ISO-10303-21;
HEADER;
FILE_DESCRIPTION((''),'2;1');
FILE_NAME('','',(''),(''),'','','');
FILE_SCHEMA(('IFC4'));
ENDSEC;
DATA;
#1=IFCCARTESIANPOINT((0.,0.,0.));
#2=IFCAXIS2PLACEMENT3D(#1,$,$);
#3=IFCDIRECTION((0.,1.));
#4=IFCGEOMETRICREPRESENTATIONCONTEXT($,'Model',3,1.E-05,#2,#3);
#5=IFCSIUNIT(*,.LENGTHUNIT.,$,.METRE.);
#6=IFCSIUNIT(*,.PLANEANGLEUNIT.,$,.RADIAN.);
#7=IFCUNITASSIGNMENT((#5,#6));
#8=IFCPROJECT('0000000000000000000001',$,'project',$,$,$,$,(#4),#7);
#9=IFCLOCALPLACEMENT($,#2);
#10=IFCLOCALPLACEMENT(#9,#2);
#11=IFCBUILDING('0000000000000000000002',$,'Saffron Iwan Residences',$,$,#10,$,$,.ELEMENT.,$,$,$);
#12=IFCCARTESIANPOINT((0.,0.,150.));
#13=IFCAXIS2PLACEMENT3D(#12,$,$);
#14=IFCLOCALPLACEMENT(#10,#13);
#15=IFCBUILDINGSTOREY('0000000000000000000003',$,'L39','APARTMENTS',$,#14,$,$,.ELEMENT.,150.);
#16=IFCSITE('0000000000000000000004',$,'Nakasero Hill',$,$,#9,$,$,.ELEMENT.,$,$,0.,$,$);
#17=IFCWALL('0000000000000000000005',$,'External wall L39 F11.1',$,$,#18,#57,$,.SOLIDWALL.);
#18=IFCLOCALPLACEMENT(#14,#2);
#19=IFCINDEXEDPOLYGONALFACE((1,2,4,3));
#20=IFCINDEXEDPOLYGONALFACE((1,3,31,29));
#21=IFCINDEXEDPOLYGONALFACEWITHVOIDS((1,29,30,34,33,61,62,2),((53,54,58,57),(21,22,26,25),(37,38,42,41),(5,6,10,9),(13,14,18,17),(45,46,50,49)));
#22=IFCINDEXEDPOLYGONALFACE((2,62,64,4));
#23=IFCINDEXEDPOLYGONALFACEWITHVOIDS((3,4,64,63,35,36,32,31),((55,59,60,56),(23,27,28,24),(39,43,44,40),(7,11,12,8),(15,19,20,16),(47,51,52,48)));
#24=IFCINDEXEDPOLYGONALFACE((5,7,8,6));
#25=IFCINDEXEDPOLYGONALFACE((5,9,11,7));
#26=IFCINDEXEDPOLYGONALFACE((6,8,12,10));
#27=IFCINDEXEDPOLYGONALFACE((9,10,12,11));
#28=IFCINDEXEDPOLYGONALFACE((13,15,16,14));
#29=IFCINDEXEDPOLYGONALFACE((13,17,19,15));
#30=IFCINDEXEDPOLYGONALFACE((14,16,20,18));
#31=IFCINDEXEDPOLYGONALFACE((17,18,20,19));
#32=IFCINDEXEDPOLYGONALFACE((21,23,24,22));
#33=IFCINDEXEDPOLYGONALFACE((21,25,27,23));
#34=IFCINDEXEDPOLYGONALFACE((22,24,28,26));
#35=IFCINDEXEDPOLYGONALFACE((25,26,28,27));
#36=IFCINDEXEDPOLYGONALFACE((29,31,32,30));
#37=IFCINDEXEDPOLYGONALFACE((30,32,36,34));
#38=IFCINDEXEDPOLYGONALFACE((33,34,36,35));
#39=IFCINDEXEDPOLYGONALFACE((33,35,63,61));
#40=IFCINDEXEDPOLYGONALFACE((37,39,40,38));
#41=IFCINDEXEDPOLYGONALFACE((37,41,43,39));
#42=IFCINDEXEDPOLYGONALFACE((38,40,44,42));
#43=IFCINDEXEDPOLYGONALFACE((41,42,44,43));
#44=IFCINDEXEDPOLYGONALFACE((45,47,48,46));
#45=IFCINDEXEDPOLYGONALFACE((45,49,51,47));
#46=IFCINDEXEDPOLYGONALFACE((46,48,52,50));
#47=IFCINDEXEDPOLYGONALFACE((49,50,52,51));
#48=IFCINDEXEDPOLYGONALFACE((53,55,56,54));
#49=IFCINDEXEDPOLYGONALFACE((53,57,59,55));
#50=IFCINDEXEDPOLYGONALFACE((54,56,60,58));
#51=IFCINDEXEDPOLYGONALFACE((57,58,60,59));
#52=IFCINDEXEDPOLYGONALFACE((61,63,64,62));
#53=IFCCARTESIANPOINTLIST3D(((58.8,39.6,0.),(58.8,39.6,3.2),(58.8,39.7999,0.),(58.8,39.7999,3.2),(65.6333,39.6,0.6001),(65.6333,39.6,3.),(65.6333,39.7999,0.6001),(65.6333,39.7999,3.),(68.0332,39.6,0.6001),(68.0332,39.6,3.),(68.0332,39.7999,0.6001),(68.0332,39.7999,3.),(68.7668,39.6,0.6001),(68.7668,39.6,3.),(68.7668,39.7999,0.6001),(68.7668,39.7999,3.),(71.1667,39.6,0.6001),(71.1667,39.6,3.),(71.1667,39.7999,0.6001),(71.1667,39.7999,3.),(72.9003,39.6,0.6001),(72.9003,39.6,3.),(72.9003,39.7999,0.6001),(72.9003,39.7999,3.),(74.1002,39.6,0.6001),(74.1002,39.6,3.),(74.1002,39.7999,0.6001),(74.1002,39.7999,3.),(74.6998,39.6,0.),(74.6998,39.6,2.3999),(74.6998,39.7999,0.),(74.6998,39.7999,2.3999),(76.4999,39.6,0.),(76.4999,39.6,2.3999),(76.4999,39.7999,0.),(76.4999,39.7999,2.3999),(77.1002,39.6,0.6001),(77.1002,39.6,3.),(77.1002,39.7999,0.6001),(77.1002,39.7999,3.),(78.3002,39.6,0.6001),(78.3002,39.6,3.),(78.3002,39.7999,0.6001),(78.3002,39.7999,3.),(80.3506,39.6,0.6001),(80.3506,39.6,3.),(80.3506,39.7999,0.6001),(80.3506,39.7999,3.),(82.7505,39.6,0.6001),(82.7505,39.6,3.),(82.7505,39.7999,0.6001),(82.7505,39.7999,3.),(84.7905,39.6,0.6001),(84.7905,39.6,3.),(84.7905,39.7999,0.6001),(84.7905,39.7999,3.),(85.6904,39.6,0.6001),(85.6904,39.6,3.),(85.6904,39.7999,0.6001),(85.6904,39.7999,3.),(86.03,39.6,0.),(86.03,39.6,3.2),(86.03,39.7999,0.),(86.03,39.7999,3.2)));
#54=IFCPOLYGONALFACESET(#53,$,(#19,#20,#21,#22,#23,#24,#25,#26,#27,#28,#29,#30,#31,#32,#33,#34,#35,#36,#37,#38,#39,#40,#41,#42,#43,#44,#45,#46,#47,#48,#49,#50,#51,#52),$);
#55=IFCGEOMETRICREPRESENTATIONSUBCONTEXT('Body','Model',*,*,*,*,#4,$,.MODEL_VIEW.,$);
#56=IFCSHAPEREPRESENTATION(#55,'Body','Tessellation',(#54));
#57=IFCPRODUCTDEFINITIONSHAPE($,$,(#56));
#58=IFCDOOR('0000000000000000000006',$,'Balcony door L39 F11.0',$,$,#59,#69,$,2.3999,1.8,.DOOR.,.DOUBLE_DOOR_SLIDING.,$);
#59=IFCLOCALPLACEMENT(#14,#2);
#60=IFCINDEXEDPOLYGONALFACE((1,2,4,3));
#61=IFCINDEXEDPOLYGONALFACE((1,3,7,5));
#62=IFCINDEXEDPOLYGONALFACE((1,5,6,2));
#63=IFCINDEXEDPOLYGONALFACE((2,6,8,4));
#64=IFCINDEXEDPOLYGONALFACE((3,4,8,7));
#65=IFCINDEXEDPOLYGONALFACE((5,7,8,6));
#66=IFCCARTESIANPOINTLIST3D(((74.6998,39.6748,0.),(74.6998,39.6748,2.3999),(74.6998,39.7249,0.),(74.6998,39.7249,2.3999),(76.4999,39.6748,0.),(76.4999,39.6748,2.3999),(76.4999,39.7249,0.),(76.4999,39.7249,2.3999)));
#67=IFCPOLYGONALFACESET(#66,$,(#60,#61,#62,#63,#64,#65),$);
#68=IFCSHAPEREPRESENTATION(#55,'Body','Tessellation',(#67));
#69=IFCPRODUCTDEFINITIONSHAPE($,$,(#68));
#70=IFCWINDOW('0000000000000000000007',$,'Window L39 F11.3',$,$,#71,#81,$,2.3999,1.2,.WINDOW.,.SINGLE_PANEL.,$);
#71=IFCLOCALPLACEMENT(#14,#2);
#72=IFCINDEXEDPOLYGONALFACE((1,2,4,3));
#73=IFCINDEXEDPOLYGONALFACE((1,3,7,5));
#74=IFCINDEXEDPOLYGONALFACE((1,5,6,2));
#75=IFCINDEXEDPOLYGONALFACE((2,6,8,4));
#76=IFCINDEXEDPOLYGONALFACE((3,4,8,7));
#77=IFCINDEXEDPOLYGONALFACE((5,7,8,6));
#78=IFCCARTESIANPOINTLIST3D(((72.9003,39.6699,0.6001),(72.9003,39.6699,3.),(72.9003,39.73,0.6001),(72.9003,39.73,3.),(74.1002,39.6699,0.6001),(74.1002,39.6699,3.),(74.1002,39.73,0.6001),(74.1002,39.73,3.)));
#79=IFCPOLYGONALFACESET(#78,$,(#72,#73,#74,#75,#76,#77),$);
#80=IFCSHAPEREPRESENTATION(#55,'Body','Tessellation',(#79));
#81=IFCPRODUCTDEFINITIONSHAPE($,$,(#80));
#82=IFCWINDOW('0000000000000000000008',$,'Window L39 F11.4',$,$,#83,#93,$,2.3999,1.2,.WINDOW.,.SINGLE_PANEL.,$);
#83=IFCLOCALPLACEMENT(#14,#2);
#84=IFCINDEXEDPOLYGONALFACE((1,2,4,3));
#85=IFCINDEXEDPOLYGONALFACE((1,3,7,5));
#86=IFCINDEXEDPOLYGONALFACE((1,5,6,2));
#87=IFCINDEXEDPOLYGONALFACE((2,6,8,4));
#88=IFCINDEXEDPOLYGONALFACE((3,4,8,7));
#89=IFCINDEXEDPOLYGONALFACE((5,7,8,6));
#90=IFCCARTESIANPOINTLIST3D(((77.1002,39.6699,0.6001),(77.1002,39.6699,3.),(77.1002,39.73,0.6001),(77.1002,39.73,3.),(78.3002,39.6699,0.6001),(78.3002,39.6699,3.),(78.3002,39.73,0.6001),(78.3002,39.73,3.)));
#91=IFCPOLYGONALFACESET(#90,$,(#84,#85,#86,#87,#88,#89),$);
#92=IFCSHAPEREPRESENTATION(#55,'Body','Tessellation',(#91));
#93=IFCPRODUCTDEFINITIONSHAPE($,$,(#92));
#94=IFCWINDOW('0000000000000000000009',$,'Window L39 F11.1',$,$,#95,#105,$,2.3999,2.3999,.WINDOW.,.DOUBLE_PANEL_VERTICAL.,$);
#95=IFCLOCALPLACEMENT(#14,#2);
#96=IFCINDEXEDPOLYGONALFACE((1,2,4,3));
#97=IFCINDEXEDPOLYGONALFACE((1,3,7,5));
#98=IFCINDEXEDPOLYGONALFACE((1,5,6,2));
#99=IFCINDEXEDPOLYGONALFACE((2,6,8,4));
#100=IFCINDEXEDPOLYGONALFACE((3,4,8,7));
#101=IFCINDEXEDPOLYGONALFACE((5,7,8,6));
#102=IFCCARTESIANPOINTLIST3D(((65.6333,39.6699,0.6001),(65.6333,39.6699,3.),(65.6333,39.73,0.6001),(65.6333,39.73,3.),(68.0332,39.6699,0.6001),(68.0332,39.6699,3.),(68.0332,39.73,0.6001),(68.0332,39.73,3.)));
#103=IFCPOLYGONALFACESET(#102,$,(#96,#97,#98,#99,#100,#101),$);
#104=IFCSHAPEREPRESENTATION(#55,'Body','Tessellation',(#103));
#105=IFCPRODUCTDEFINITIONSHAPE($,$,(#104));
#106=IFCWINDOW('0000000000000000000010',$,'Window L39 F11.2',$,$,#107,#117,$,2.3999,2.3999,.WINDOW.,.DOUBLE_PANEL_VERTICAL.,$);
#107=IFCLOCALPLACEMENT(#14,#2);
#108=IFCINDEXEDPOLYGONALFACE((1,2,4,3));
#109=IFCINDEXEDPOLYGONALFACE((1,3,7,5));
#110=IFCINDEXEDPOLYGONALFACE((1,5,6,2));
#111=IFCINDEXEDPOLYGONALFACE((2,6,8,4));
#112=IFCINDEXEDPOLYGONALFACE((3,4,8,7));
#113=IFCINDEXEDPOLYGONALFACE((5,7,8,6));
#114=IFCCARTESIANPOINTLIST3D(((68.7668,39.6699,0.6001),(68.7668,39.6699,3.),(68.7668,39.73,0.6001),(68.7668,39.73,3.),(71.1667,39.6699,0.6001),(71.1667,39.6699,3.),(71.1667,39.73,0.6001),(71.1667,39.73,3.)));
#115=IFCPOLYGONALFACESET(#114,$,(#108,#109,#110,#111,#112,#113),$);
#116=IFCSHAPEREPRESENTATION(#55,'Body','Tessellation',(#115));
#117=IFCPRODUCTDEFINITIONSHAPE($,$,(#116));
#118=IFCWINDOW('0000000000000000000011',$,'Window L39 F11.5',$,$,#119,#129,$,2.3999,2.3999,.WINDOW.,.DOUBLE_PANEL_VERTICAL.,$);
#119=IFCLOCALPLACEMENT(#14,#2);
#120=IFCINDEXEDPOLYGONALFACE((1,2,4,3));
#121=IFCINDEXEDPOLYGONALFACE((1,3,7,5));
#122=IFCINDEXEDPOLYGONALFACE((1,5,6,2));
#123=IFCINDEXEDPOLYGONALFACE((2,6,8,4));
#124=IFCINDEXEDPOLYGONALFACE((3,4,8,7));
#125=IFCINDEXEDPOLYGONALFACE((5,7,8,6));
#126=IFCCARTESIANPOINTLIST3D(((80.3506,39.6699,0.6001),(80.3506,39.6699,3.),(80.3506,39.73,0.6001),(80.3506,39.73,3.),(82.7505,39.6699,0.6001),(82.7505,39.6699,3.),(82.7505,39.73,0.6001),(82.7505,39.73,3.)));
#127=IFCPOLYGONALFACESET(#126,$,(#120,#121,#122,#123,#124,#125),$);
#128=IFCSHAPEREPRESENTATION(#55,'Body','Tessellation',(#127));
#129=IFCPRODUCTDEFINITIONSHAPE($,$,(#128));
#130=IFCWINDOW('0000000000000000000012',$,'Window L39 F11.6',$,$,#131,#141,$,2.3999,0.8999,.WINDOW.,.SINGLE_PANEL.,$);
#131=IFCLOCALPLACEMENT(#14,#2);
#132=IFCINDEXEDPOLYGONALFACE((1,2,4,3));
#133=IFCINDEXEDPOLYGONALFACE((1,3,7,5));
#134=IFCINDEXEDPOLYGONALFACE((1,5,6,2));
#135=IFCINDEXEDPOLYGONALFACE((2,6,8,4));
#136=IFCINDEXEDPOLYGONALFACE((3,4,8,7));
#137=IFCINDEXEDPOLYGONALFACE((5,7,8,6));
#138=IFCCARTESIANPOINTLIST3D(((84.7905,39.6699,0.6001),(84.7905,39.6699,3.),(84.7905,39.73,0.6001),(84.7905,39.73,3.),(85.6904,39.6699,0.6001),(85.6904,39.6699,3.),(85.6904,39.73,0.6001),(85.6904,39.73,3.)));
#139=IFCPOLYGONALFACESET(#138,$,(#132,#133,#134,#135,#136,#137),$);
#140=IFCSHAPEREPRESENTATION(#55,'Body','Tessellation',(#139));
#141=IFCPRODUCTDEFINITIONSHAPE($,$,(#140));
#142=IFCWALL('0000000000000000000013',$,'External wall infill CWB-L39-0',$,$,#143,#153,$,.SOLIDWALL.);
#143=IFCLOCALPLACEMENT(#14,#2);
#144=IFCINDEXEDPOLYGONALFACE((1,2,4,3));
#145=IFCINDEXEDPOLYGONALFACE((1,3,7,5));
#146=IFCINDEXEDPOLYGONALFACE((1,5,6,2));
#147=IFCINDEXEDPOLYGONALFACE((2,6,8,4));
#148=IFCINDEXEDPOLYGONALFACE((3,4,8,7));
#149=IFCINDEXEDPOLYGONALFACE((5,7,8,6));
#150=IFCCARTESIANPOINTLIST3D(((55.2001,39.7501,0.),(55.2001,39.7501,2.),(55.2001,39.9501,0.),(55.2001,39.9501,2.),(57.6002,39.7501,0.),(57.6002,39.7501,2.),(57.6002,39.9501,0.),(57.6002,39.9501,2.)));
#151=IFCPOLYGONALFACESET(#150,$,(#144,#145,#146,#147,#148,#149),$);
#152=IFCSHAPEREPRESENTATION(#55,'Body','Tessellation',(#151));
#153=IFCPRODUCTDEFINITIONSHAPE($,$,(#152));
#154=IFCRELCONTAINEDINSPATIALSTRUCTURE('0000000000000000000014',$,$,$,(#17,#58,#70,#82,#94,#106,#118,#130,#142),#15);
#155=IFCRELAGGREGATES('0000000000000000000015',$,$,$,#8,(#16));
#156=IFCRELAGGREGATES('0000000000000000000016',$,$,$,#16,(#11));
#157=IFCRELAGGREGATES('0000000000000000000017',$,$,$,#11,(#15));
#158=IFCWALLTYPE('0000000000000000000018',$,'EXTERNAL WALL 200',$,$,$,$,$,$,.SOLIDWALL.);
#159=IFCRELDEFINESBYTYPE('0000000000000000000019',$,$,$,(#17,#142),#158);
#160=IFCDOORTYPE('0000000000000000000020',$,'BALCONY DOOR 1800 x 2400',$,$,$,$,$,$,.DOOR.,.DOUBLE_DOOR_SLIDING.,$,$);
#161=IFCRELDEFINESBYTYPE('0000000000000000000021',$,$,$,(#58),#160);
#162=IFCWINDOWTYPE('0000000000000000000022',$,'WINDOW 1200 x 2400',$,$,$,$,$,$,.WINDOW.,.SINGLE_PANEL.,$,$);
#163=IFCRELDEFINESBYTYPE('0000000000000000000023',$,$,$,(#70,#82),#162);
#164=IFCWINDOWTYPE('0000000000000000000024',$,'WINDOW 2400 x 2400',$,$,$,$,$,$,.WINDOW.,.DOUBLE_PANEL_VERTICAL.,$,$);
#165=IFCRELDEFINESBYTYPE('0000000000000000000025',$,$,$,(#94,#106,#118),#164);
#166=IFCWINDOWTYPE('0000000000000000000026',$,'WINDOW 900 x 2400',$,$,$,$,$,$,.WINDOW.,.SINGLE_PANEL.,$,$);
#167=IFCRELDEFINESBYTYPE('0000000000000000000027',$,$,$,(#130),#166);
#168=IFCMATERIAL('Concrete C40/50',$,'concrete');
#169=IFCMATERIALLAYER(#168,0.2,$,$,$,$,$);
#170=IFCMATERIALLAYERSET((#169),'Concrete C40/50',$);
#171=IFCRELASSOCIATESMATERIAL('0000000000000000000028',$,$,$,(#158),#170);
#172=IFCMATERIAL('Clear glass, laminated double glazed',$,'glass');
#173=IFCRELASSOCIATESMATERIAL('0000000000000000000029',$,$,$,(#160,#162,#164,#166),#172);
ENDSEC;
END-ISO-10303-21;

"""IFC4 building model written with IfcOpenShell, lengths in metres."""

from ifc_helpers import new_model, si_unit, direction, frame, frame_2d, origin, place, context, subcontext, project, spatial, rectangle, extrude, material, layer, layer_set, type_object, element, fill, save


model = new_model("IFC4")

# Units and contexts
model_context = context("Model", 3, precision=1e-05, world=origin(), true_north=direction((0.0, 1.0)))
body_context = subcontext(model_context, "Body", "Model", "MODEL_VIEW")
ifc_project = project(units=[si_unit("LENGTHUNIT", "METRE"), si_unit("PLANEANGLEUNIT", "RADIAN")], contexts=[model_context])

# Site, building, storey
site_placement = place(None, origin())
site = spatial("IfcSite", under=ifc_project, at=site_placement, Name="Nakasero Hill", CompositionType="ELEMENT", RefElevation=0.0)
building_placement = place(site_placement, origin())
building = spatial("IfcBuilding", under=site, at=building_placement, Name="Saffron Iwan Residences", CompositionType="ELEMENT")
storey_placement = place(building_placement, frame((0.0, 0.0, 150.0)))
storey = spatial("IfcBuildingStorey", under=building, at=storey_placement, Name="L39", Description="APARTMENTS", CompositionType="ELEMENT", Elevation=150.0)

# Shared definitions
ifc_material_1 = material(Name="Clear glass, laminated double glazed", Category="glass")

# Wall, openings, door, windows
ifc_material_2 = material(Name="Concrete C40/50", Category="concrete")
ifc_layer_1 = layer(ifc_material_2, 0.2)
ifc_layer_set_1 = layer_set([ifc_layer_1], Name="Concrete C40/50")
wall_type_1 = type_object("IfcWallType", Name="EXTERNAL WALL 200", PredefinedType="SOLIDWALL", material=ifc_layer_set_1)
wall_1_placement = place(storey_placement, frame((58.8, 39.7, 0.0), z_axis=(0.0, 0.0, 1.0), x_axis=(1.0, 0.0, 0.0)))
wall_1 = element("IfcWall", 1, at=wall_1_placement, inside=storey, type_object=wall_type_1, Name="External wall L39 F11.1", PredefinedType="SOLIDWALL", context=body_context, shape_type="SweptSolid", body=[
    extrude(rectangle(XDim=27.23, YDim=0.2, at=frame_2d((13.615, 0.0))), origin(), (0.0, 0.0, 1.0), 3.2),
])
opening_1_placement = place(wall_1_placement, frame((15.8999, 0.0, 0.0)))
opening_1 = element("IfcOpeningElement", 2, at=opening_1_placement, cuts=wall_1, PredefinedType="OPENING", context=body_context, shape_type="SweptSolid", body=[
    extrude(rectangle(XDim=1.8, YDim=2.3999, at=frame_2d((0.8999, 1.2))), frame((0.0, 0.1099, 0.0), z_axis=(0.0, -1.0, 0.0), x_axis=(1.0, 0.0, 0.0)), (0.0, 0.0, 1.0), 0.22),
])
opening_2_placement = place(wall_1_placement, frame((6.8333, 0.0, 0.6001)))
opening_2 = element("IfcOpeningElement", 3, at=opening_2_placement, cuts=wall_1, PredefinedType="OPENING", context=body_context, shape_type="SweptSolid", body=[
    extrude(rectangle(XDim=2.3999, YDim=2.3999, at=frame_2d((1.2, 1.2))), frame((0.0, 0.1099, 0.0), z_axis=(0.0, -1.0, 0.0), x_axis=(1.0, 0.0, 0.0)), (0.0, 0.0, 1.0), 0.22),
])
opening_3_placement = place(wall_1_placement, frame((9.9668, 0.0, 0.6001)))
opening_3 = element("IfcOpeningElement", 4, at=opening_3_placement, cuts=wall_1, PredefinedType="OPENING", context=body_context, shape_type="SweptSolid", body=[
    extrude(rectangle(XDim=2.3999, YDim=2.3999, at=frame_2d((1.2, 1.2))), frame((0.0, 0.1099, 0.0), z_axis=(0.0, -1.0, 0.0), x_axis=(1.0, 0.0, 0.0)), (0.0, 0.0, 1.0), 0.22),
])
opening_4_placement = place(wall_1_placement, frame((14.1001, 0.0, 0.6001)))
opening_4 = element("IfcOpeningElement", 5, at=opening_4_placement, cuts=wall_1, PredefinedType="OPENING", context=body_context, shape_type="SweptSolid", body=[
    extrude(rectangle(XDim=1.2, YDim=2.3999, at=frame_2d((0.6001, 1.2))), frame((0.0, 0.1099, 0.0), z_axis=(0.0, -1.0, 0.0), x_axis=(1.0, 0.0, 0.0)), (0.0, 0.0, 1.0), 0.22),
])
opening_5_placement = place(wall_1_placement, frame((18.3, 0.0, 0.6001)))
opening_5 = element("IfcOpeningElement", 6, at=opening_5_placement, cuts=wall_1, PredefinedType="OPENING", context=body_context, shape_type="SweptSolid", body=[
    extrude(rectangle(XDim=1.2, YDim=2.3999, at=frame_2d((0.6001, 1.2))), frame((0.0, 0.1099, 0.0), z_axis=(0.0, -1.0, 0.0), x_axis=(1.0, 0.0, 0.0)), (0.0, 0.0, 1.0), 0.22),
])
opening_6_placement = place(wall_1_placement, frame((21.5505, 0.0, 0.6001)))
opening_6 = element("IfcOpeningElement", 7, at=opening_6_placement, cuts=wall_1, PredefinedType="OPENING", context=body_context, shape_type="SweptSolid", body=[
    extrude(rectangle(XDim=2.3999, YDim=2.3999, at=frame_2d((1.2, 1.2))), frame((0.0, 0.1099, 0.0), z_axis=(0.0, -1.0, 0.0), x_axis=(1.0, 0.0, 0.0)), (0.0, 0.0, 1.0), 0.22),
])
opening_7_placement = place(wall_1_placement, frame((25.9905, 0.0, 0.6001)))
opening_7 = element("IfcOpeningElement", 8, at=opening_7_placement, cuts=wall_1, PredefinedType="OPENING", context=body_context, shape_type="SweptSolid", body=[
    extrude(rectangle(XDim=0.8999, YDim=2.3999, at=frame_2d((0.45, 1.2))), frame((0.0, 0.1099, 0.0), z_axis=(0.0, -1.0, 0.0), x_axis=(1.0, 0.0, 0.0)), (0.0, 0.0, 1.0), 0.22),
])
door_type_1 = type_object("IfcDoorType", Name="BALCONY DOOR 1800 x 2400", OperationType="DOUBLE_DOOR_SLIDING", PredefinedType="DOOR", material=ifc_material_1)
door_1_placement = place(opening_1_placement, origin())
door_1 = element("IfcDoor", 9, at=door_1_placement, inside=storey, type_object=door_type_1, Name="Balcony door L39 F11.0", OperationType="DOUBLE_DOOR_SLIDING", OverallHeight=2.3999, OverallWidth=1.8, PredefinedType="DOOR", context=body_context, shape_type="SweptSolid", body=[
    extrude(rectangle(XDim=1.8, YDim=2.3999, at=frame_2d((0.8999, 1.2))), frame((0.0, 0.0249, 0.0), z_axis=(0.0, -1.0, 0.0), x_axis=(1.0, 0.0, 0.0)), (0.0, 0.0, 1.0), 0.05),
])
fill(opening_1, door_1)
window_type_1 = type_object("IfcWindowType", Name="WINDOW 1200 x 2400", PartitioningType="SINGLE_PANEL", PredefinedType="WINDOW", material=ifc_material_1)
window_1_placement = place(opening_4_placement, origin())
window_1 = element("IfcWindow", 10, at=window_1_placement, inside=storey, type_object=window_type_1, Name="Window L39 F11.3", OverallHeight=2.3999, OverallWidth=1.2, PartitioningType="SINGLE_PANEL", PredefinedType="WINDOW", context=body_context, shape_type="SweptSolid", body=[
    extrude(rectangle(XDim=1.2, YDim=2.3999, at=frame_2d((0.6001, 1.2))), frame((0.0, 0.03, 0.0), z_axis=(0.0, -1.0, 0.0), x_axis=(1.0, 0.0, 0.0)), (0.0, 0.0, 1.0), 0.0601),
])
fill(opening_4, window_1)
window_2_placement = place(opening_5_placement, origin())
window_2 = element("IfcWindow", 11, at=window_2_placement, inside=storey, type_object=window_type_1, Name="Window L39 F11.4", OverallHeight=2.3999, OverallWidth=1.2, PartitioningType="SINGLE_PANEL", PredefinedType="WINDOW", context=body_context, shape_type="SweptSolid", body=[
    extrude(rectangle(XDim=1.2, YDim=2.3999, at=frame_2d((0.6001, 1.2))), frame((0.0, 0.03, 0.0), z_axis=(0.0, -1.0, 0.0), x_axis=(1.0, 0.0, 0.0)), (0.0, 0.0, 1.0), 0.0601),
])
fill(opening_5, window_2)
window_type_2 = type_object("IfcWindowType", Name="WINDOW 2400 x 2400", PartitioningType="DOUBLE_PANEL_VERTICAL", PredefinedType="WINDOW", material=ifc_material_1)
window_3_placement = place(opening_2_placement, origin())
window_3 = element("IfcWindow", 12, at=window_3_placement, inside=storey, type_object=window_type_2, Name="Window L39 F11.1", OverallHeight=2.3999, OverallWidth=2.3999, PartitioningType="DOUBLE_PANEL_VERTICAL", PredefinedType="WINDOW", context=body_context, shape_type="SweptSolid", body=[
    extrude(rectangle(XDim=2.3999, YDim=2.3999, at=frame_2d((1.2, 1.2))), frame((0.0, 0.03, 0.0), z_axis=(0.0, -1.0, 0.0), x_axis=(1.0, 0.0, 0.0)), (0.0, 0.0, 1.0), 0.0601),
])
fill(opening_2, window_3)
window_4_placement = place(opening_3_placement, origin())
window_4 = element("IfcWindow", 13, at=window_4_placement, inside=storey, type_object=window_type_2, Name="Window L39 F11.2", OverallHeight=2.3999, OverallWidth=2.3999, PartitioningType="DOUBLE_PANEL_VERTICAL", PredefinedType="WINDOW", context=body_context, shape_type="SweptSolid", body=[
    extrude(rectangle(XDim=2.3999, YDim=2.3999, at=frame_2d((1.2, 1.2))), frame((0.0, 0.03, 0.0), z_axis=(0.0, -1.0, 0.0), x_axis=(1.0, 0.0, 0.0)), (0.0, 0.0, 1.0), 0.0601),
])
fill(opening_3, window_4)
window_5_placement = place(opening_6_placement, origin())
window_5 = element("IfcWindow", 14, at=window_5_placement, inside=storey, type_object=window_type_2, Name="Window L39 F11.5", OverallHeight=2.3999, OverallWidth=2.3999, PartitioningType="DOUBLE_PANEL_VERTICAL", PredefinedType="WINDOW", context=body_context, shape_type="SweptSolid", body=[
    extrude(rectangle(XDim=2.3999, YDim=2.3999, at=frame_2d((1.2, 1.2))), frame((0.0, 0.03, 0.0), z_axis=(0.0, -1.0, 0.0), x_axis=(1.0, 0.0, 0.0)), (0.0, 0.0, 1.0), 0.0601),
])
fill(opening_6, window_5)
window_type_3 = type_object("IfcWindowType", Name="WINDOW 900 x 2400", PartitioningType="SINGLE_PANEL", PredefinedType="WINDOW", material=ifc_material_1)
window_6_placement = place(opening_7_placement, origin())
window_6 = element("IfcWindow", 15, at=window_6_placement, inside=storey, type_object=window_type_3, Name="Window L39 F11.6", OverallHeight=2.3999, OverallWidth=0.8999, PartitioningType="SINGLE_PANEL", PredefinedType="WINDOW", context=body_context, shape_type="SweptSolid", body=[
    extrude(rectangle(XDim=0.8999, YDim=2.3999, at=frame_2d((0.45, 1.2))), frame((0.0, 0.03, 0.0), z_axis=(0.0, -1.0, 0.0), x_axis=(1.0, 0.0, 0.0)), (0.0, 0.0, 1.0), 0.0601),
])
fill(opening_7, window_6)

# Wall
wall_2_placement = place(storey_placement, frame((55.2, 39.8501, 0.0), z_axis=(0.0, 0.0, 1.0), x_axis=(1.0, 0.0, 0.0)))
element("IfcWall", 16, at=wall_2_placement, inside=storey, type_object=wall_type_1, Name="External wall infill CWB-L39-0", PredefinedType="SOLIDWALL", context=body_context, shape_type="SweptSolid", body=[
    extrude(rectangle(XDim=2.4001, YDim=0.2, at=frame_2d((1.2002, 0.0))), origin(), (0.0, 0.0, 1.0), 2.0),
])

save(model, "model.ifc")
